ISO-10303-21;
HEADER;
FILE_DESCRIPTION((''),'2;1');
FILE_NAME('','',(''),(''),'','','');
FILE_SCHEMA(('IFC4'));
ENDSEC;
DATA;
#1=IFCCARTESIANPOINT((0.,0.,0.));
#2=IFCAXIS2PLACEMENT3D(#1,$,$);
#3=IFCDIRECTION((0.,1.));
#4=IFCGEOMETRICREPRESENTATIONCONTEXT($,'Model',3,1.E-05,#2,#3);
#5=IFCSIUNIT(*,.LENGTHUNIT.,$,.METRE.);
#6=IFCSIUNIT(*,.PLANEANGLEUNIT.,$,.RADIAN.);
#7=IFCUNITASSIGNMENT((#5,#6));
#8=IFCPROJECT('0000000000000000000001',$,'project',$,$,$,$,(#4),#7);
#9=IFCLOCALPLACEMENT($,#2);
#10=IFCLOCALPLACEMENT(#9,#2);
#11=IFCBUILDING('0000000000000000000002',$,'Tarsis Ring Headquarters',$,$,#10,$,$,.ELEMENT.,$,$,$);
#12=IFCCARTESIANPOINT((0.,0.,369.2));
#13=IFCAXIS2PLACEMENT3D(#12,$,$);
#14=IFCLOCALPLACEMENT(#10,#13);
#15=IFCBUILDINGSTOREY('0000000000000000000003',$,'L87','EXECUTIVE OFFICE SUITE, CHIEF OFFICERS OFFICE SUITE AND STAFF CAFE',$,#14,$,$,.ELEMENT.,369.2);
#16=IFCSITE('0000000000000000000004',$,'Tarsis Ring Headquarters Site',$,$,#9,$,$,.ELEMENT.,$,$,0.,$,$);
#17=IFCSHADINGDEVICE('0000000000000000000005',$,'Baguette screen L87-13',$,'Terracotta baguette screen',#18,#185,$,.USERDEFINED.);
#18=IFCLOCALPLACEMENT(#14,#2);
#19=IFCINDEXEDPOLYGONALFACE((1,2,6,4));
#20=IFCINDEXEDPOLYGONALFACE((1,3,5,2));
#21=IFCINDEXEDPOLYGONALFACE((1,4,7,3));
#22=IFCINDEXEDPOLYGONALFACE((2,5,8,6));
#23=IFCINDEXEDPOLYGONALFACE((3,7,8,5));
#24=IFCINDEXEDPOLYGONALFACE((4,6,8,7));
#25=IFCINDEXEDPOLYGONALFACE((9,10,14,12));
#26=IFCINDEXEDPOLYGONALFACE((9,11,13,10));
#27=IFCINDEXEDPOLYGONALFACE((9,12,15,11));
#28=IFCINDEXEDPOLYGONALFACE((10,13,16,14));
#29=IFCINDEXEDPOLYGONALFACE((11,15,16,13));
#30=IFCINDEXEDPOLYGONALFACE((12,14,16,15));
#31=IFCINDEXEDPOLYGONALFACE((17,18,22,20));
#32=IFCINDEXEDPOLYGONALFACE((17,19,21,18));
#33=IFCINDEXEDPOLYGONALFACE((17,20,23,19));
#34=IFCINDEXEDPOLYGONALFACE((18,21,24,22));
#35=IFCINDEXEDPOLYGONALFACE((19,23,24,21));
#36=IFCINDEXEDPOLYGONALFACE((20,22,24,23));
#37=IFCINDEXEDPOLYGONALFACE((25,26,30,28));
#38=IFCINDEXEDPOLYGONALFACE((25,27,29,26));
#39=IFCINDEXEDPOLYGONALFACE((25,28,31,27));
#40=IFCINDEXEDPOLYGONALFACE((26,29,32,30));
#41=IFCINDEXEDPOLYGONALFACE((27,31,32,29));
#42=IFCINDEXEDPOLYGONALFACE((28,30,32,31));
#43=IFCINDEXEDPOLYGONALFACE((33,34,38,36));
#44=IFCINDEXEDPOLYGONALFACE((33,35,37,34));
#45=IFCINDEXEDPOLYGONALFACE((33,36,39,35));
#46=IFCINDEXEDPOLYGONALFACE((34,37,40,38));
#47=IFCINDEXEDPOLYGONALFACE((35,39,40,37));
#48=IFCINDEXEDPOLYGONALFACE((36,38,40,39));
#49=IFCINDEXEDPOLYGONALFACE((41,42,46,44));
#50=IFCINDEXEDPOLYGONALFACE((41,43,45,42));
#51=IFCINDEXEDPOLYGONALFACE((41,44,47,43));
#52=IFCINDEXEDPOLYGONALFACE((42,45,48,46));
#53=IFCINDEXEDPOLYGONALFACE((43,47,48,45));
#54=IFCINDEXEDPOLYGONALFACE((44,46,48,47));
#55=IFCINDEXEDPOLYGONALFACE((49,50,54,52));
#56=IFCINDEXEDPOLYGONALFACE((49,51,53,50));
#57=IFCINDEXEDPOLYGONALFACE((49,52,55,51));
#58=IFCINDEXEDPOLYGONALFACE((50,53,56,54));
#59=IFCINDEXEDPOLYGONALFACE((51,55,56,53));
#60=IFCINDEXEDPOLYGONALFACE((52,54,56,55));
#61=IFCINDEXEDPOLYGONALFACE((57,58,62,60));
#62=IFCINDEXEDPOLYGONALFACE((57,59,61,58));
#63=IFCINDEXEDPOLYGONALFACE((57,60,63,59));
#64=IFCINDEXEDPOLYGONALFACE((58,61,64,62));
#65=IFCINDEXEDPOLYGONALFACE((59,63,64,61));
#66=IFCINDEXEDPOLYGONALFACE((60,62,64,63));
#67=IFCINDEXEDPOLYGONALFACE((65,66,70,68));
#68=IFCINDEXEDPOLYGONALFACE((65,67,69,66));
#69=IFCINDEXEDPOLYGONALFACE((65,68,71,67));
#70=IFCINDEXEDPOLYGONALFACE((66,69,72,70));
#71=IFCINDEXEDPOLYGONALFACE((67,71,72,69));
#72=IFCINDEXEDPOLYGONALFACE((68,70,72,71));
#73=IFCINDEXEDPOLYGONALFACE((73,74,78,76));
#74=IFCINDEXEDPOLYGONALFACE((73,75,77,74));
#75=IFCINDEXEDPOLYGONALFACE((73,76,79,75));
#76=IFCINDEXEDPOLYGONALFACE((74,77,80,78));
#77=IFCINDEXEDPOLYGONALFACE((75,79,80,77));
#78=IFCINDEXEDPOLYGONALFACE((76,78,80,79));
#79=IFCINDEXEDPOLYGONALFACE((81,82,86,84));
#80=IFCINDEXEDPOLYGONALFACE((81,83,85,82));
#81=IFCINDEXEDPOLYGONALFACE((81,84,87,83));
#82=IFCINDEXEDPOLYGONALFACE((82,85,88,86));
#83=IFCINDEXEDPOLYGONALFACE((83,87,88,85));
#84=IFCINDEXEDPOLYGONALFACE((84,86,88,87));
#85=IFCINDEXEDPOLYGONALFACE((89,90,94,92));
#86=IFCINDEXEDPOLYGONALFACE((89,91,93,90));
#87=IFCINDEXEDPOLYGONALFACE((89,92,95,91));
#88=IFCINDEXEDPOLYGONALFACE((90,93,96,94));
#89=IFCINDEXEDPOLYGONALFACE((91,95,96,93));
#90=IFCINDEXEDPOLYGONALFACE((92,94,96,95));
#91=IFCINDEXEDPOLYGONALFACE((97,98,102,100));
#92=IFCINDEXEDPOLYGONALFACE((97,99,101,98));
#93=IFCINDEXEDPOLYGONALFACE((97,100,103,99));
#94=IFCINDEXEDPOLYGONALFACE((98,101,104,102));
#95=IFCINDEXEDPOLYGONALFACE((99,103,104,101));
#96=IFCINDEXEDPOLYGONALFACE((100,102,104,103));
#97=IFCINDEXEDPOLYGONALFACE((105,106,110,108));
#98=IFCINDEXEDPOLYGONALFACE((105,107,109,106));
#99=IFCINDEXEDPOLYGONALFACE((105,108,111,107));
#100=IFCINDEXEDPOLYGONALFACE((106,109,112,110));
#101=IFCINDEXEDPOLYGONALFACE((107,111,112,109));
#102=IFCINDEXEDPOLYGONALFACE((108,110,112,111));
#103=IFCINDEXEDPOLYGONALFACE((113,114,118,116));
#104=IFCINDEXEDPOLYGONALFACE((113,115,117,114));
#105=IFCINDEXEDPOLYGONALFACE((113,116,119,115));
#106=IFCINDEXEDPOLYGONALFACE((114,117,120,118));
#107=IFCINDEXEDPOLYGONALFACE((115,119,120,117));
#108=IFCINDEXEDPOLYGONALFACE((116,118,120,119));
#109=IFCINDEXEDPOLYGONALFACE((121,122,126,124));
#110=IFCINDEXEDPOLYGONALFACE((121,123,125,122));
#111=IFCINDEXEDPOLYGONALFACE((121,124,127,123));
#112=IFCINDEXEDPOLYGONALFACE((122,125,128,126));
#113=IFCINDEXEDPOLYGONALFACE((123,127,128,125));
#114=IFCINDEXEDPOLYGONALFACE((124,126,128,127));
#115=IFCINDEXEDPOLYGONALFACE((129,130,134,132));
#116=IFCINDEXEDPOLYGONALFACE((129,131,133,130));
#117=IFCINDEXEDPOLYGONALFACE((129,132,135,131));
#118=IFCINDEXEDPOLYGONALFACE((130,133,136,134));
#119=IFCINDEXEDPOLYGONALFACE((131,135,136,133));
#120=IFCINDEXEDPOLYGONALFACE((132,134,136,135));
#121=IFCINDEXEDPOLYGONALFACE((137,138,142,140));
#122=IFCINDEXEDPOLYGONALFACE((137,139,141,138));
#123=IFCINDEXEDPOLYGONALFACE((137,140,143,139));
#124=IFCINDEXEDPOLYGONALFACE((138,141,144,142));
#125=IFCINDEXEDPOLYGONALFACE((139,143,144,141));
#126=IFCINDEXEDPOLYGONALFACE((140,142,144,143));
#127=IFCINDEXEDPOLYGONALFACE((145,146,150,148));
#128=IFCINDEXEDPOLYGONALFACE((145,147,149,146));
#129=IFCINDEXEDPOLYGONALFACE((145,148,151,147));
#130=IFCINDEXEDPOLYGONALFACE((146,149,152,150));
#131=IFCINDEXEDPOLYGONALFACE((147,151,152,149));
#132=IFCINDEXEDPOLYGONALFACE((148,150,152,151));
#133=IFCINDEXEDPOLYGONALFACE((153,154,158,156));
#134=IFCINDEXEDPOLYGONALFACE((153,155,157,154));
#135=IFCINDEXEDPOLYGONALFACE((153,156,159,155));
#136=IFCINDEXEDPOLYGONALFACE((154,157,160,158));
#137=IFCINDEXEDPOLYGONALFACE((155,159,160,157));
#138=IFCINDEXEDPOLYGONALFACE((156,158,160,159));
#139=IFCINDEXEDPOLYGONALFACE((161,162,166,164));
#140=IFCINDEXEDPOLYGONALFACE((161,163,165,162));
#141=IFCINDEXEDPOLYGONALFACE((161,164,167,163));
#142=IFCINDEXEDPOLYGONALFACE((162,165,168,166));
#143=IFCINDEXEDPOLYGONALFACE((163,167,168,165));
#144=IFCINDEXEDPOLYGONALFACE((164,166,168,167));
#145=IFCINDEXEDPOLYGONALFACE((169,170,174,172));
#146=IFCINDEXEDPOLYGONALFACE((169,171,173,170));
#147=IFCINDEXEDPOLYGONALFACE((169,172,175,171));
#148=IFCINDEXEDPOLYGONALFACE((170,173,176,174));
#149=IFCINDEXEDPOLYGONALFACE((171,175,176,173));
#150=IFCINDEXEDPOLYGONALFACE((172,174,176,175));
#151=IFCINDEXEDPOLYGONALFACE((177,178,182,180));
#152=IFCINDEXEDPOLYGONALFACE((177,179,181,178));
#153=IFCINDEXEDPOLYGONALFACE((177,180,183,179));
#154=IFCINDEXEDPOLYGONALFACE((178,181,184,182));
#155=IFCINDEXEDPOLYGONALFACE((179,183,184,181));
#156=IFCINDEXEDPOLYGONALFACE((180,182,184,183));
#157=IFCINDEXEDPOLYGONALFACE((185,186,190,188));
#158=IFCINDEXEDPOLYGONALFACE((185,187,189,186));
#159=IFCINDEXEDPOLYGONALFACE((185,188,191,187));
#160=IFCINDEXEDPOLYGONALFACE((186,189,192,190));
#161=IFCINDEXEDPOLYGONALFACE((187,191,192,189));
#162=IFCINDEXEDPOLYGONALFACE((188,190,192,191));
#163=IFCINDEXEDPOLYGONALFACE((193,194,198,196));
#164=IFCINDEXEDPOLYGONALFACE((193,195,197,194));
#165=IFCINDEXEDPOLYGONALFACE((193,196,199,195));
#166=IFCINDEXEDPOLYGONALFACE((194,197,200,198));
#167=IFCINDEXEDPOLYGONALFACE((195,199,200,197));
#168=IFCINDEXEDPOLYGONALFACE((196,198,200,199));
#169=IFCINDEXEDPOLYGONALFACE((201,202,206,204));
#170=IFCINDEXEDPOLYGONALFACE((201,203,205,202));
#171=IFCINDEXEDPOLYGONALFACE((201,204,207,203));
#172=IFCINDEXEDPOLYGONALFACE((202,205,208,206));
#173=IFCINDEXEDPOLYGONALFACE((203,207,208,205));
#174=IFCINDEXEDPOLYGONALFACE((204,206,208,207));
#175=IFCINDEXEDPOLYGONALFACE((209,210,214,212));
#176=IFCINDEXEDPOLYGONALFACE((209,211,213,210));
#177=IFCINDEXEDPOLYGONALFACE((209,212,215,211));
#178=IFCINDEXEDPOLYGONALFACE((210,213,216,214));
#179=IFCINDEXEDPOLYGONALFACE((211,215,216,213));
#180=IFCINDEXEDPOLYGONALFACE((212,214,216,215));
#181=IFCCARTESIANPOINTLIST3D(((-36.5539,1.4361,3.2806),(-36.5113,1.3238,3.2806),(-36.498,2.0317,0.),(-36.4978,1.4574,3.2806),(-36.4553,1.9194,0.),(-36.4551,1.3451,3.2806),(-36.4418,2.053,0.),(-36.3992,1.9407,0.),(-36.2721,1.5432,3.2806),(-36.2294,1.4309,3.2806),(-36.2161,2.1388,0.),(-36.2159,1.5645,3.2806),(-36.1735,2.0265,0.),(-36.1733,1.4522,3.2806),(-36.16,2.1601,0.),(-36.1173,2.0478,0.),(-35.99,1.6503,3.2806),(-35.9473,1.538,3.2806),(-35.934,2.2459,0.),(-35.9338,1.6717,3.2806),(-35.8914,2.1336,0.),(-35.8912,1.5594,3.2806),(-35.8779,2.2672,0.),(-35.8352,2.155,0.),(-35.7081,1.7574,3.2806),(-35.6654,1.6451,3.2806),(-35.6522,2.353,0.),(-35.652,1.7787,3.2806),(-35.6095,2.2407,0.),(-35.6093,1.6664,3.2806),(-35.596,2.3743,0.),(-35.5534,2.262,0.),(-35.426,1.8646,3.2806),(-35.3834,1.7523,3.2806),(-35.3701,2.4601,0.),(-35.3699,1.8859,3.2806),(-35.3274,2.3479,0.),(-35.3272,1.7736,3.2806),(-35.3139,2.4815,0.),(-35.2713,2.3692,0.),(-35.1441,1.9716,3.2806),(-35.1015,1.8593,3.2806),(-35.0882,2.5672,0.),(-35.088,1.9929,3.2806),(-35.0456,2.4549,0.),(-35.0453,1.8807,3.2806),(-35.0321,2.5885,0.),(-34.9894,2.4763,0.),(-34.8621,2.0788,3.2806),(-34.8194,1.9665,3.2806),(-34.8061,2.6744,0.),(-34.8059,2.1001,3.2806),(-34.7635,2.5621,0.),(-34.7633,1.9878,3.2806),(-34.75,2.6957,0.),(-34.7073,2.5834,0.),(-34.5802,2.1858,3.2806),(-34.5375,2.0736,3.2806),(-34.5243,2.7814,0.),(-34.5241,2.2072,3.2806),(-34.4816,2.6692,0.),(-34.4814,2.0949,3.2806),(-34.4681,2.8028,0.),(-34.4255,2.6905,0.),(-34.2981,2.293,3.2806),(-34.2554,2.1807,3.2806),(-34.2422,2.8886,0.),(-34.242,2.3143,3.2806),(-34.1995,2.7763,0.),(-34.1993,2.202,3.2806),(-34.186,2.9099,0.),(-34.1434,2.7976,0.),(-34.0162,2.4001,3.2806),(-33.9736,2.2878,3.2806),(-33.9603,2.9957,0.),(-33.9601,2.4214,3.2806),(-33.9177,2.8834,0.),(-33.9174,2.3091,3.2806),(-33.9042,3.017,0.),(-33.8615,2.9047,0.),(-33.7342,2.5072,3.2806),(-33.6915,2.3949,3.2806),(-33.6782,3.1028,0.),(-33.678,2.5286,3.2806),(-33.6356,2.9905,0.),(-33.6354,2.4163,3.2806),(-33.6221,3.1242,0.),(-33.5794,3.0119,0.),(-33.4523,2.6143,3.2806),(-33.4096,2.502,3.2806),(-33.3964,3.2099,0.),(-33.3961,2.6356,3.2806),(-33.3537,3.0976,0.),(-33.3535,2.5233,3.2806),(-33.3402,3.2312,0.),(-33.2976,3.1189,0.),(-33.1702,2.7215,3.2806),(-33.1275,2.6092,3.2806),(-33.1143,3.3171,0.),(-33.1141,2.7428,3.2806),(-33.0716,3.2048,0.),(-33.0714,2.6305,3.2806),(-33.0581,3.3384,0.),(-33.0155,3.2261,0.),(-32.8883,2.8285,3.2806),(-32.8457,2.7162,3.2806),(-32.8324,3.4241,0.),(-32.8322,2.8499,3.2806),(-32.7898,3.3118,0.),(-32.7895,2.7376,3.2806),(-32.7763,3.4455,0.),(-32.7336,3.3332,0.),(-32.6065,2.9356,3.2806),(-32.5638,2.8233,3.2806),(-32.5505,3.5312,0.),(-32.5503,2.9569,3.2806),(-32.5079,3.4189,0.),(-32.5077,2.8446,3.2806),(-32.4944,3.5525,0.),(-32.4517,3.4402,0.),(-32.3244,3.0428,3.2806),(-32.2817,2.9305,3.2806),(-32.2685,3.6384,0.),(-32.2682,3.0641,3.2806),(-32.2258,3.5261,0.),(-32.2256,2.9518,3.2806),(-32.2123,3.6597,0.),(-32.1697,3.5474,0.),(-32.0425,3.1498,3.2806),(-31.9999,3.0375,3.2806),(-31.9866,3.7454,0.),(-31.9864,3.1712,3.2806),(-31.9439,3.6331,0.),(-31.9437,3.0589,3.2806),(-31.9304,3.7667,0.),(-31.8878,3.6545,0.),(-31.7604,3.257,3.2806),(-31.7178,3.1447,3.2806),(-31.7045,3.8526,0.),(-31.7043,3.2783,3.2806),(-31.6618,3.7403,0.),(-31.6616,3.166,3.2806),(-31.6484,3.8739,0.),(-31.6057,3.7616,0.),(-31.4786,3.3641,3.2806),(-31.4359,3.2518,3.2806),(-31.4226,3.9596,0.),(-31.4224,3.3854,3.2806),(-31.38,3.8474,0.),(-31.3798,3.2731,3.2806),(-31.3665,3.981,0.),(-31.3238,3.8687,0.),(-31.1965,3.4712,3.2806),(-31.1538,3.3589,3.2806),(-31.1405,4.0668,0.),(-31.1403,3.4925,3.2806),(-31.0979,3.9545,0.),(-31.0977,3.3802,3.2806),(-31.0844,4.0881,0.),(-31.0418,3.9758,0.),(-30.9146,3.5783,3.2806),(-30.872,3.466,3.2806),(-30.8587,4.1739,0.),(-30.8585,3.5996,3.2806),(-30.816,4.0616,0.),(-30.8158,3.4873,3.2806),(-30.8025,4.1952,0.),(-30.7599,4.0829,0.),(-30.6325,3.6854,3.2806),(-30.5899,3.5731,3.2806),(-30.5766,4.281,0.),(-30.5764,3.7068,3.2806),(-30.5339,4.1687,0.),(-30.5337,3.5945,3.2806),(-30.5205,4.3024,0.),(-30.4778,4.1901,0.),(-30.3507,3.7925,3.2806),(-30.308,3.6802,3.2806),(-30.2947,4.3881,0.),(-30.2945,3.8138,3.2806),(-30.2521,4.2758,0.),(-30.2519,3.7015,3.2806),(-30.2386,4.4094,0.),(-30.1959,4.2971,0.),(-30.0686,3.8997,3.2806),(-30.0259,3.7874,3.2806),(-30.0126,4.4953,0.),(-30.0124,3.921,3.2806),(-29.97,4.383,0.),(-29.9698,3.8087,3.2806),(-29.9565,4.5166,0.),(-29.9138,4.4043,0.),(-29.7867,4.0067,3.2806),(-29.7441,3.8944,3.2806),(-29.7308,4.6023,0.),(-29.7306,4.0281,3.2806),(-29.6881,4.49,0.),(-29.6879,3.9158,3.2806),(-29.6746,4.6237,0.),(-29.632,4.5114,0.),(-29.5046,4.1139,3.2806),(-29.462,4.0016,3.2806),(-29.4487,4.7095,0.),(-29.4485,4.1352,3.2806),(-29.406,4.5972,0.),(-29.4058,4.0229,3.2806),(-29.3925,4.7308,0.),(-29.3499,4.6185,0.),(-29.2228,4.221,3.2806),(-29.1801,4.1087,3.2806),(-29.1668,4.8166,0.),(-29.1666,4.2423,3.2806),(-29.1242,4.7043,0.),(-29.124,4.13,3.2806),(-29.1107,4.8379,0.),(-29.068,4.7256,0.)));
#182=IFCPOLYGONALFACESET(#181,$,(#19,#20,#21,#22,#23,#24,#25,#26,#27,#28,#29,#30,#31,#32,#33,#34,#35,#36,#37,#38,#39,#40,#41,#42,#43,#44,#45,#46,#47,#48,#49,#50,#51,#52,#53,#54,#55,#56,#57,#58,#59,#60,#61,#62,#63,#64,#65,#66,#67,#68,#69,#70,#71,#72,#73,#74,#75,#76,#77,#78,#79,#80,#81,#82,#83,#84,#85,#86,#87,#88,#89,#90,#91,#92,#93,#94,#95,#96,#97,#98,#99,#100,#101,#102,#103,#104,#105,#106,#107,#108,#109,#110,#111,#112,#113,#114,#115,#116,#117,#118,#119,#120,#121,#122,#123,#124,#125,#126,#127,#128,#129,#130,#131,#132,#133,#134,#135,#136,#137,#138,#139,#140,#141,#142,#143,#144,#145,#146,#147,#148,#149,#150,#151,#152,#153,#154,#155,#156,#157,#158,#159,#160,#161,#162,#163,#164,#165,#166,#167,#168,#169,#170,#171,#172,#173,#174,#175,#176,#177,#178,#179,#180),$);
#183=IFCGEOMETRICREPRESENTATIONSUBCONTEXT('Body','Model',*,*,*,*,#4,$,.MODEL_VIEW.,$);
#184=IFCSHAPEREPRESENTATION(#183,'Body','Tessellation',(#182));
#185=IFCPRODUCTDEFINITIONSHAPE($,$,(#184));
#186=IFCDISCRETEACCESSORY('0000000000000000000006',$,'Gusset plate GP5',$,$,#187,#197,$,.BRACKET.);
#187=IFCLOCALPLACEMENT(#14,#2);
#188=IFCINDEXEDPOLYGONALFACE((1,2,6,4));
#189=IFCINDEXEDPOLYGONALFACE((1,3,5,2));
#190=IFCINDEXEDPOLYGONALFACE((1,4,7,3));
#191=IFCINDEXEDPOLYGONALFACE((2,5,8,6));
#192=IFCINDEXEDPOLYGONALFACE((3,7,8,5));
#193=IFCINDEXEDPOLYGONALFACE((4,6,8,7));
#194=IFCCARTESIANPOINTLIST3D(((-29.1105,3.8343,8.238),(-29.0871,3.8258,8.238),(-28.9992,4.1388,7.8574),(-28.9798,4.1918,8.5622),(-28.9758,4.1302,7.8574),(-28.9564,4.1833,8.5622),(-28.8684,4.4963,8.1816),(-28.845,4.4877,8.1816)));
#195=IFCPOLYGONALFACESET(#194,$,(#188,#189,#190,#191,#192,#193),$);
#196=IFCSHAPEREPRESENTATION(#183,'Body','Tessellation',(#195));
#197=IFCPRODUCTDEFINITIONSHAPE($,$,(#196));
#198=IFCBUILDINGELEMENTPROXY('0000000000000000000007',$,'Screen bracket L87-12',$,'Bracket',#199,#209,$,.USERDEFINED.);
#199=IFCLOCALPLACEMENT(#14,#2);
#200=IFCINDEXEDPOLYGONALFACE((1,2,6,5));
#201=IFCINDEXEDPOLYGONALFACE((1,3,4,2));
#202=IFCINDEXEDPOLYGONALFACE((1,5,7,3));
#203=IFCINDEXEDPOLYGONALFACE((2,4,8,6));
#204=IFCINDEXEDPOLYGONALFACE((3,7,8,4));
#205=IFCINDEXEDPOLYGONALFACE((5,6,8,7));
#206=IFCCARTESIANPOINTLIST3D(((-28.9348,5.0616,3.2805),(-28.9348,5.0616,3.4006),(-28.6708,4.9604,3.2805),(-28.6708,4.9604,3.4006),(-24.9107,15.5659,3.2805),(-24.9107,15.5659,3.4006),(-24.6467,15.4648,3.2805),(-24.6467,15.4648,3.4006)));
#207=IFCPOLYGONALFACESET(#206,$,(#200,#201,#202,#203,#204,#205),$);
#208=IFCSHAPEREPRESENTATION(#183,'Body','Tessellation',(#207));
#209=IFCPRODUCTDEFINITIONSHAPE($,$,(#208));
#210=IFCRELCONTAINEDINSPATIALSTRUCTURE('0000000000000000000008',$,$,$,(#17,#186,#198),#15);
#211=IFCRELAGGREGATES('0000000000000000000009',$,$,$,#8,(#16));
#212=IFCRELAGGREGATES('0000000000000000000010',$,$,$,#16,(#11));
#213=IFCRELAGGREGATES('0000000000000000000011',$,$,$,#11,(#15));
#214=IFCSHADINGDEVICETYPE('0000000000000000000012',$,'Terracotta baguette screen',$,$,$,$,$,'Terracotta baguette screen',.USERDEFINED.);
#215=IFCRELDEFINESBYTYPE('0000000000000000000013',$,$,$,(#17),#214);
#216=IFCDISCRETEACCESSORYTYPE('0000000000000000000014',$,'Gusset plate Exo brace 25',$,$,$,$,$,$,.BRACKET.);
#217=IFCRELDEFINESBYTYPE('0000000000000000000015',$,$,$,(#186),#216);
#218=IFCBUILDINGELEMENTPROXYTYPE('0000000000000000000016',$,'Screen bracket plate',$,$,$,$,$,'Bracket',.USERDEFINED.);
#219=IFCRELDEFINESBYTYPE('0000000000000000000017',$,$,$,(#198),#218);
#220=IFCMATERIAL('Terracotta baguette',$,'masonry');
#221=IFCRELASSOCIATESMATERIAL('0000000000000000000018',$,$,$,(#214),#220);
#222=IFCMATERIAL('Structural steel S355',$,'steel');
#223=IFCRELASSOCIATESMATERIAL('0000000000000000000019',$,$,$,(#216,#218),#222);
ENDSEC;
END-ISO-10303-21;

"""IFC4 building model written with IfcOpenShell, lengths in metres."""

from ifc_helpers import new_model, si_unit, direction, frame, frame_2d, origin, origin_2d, place, context, subcontext, project, spatial, rectangle, composite_profile, extrude, material, material_profile, profile_set, type_object, element, save


model = new_model("IFC4")

# Units and contexts
model_context = context("Model", 3, precision=1e-05, world=origin(), true_north=direction((0.0, 1.0)))
body_context = subcontext(model_context, "Body", "Model", "MODEL_VIEW")
ifc_project = project(units=[si_unit("LENGTHUNIT", "METRE"), si_unit("PLANEANGLEUNIT", "RADIAN")], contexts=[model_context])

# Site, building, storey
site_placement = place(None, origin())
site = spatial("IfcSite", under=ifc_project, at=site_placement, Name="Tarsis Ring Headquarters Site", CompositionType="ELEMENT", RefElevation=0.0)
building_placement = place(site_placement, origin())
building = spatial("IfcBuilding", under=site, at=building_placement, Name="Tarsis Ring Headquarters", CompositionType="ELEMENT")
storey_placement = place(building_placement, frame((0.0, 0.0, 369.2)))
storey = spatial("IfcBuildingStorey", under=building, at=storey_placement, Name="L87", Description="EXECUTIVE OFFICE SUITE, CHIEF OFFICERS OFFICE SUITE AND STAFF CAFE", CompositionType="ELEMENT", Elevation=369.2)

# Shared definitions
ifc_material_1 = material(Name="Structural steel S355", Category="steel")

# Shading device
ifc_material_2 = material(Name="Terracotta baguette", Category="masonry")
shading_device_type = type_object("IfcShadingDeviceType", Name="Terracotta baguette screen", ElementType="Terracotta baguette screen", PredefinedType="USERDEFINED", material=ifc_material_2)
shading_device_placement = place(storey_placement, frame((-29.0894, 4.7817, 0.0), z_axis=(0.0, 0.0, 1.0), x_axis=(-0.934812, -0.355104, 0.0)))
element("IfcShadingDevice", 1, at=shading_device_placement, inside=storey, type_object=shading_device_type, Name="Baguette screen L87-13", ObjectType="Terracotta baguette screen", PredefinedType="USERDEFINED", context=body_context, shape_type="SweptSolid", body=[
    extrude(composite_profile([rectangle(XDim=0.0601, YDim=0.1201, at=frame_2d((0.03, 0.0))), rectangle(XDim=0.0601, YDim=0.1201, at=frame_2d((0.3315, 0.0))), rectangle(XDim=0.0601, YDim=0.1201, at=frame_2d((0.6333, 0.0))), rectangle(XDim=0.0601, YDim=0.1201, at=frame_2d((0.9348, 0.0))), rectangle(XDim=0.0601, YDim=0.1201, at=frame_2d((1.2366, 0.0))), rectangle(XDim=0.0601, YDim=0.1201, at=frame_2d((1.5381, 0.0))), rectangle(XDim=0.0601, YDim=0.1201, at=frame_2d((1.8398, 0.0))), rectangle(XDim=0.0601, YDim=0.1201, at=frame_2d((2.1414, 0.0))), rectangle(XDim=0.0601, YDim=0.1201, at=frame_2d((2.4431, 0.0))), rectangle(XDim=0.0601, YDim=0.1201, at=frame_2d((2.7446, 0.0))), rectangle(XDim=0.0601, YDim=0.1201, at=frame_2d((3.0464, 0.0))), rectangle(XDim=0.0601, YDim=0.1201, at=frame_2d((3.3479, 0.0))), rectangle(XDim=0.0601, YDim=0.1201, at=frame_2d((3.6497, 0.0))), rectangle(XDim=0.0601, YDim=0.1201, at=frame_2d((3.9512, 0.0))), rectangle(XDim=0.0601, YDim=0.1201, at=frame_2d((4.2527, 0.0))), rectangle(XDim=0.0601, YDim=0.1201, at=frame_2d((4.5544, 0.0))), rectangle(XDim=0.0601, YDim=0.1201, at=frame_2d((4.856, 0.0))), rectangle(XDim=0.0601, YDim=0.1201, at=frame_2d((5.1577, 0.0))), rectangle(XDim=0.0601, YDim=0.1201, at=frame_2d((5.4592, 0.0))), rectangle(XDim=0.0601, YDim=0.1201, at=frame_2d((5.761, 0.0))), rectangle(XDim=0.0601, YDim=0.1201, at=frame_2d((6.0625, 0.0))), rectangle(XDim=0.0601, YDim=0.1201, at=frame_2d((6.3643, 0.0))), rectangle(XDim=0.0601, YDim=0.1201, at=frame_2d((6.6658, 0.0))), rectangle(XDim=0.0601, YDim=0.1201, at=frame_2d((6.9675, 0.0))), rectangle(XDim=0.0601, YDim=0.1201, at=frame_2d((7.269, 0.0))), rectangle(XDim=0.0601, YDim=0.1201, at=frame_2d((7.5708, 0.0))), rectangle(XDim=0.0601, YDim=0.1201, at=frame_2d((7.8723, 0.0)))]), origin(), (0.079102, 0.161008, 0.983778), 3.3347),
])

# Discrete accessory
ifc_material_profile_1 = material_profile(ifc_material_1, rectangle(XDim=0.0249, YDim=0.5, at=origin_2d()), Name="PL 25x500")
ifc_profile_set_1 = profile_set([ifc_material_profile_1], Name="Structural steel S355")
discrete_accessory_type = type_object("IfcDiscreteAccessoryType", Name="Gusset plate Exo brace 25", PredefinedType="BRACKET", material=ifc_profile_set_1)
discrete_accessory_placement = place(storey_placement, frame((-29.0334, 4.0088, 8.4001), z_axis=(0.22268, 0.60895, -0.76131), x_axis=(-0.939176, 0.343436, 0.0)))
element("IfcDiscreteAccessory", 2, at=discrete_accessory_placement, inside=storey, type_object=discrete_accessory_type, Name="Gusset plate GP5", PredefinedType="BRACKET", context=body_context, shape_type="SweptSolid", body=[
    extrude(rectangle(XDim=0.0249, YDim=0.5, at=origin_2d()), origin(), (0.0, 0.0, 1.0), 0.5),
])

# Building element proxy
building_element_proxy_type = type_object("IfcBuildingElementProxyType", Name="Screen bracket plate", ElementType="Bracket", PredefinedType="USERDEFINED", material=ifc_material_1)
proxy_placement = place(storey_placement, frame((-26.7908, 10.2632, 3.2805), z_axis=(0.0, 0.0, 1.0), x_axis=(-0.357737, -0.933822, 0.0)))
element("IfcBuildingElementProxy", 3, at=proxy_placement, inside=storey, type_object=building_element_proxy_type, Name="Screen bracket L87-12", ObjectType="Bracket", PredefinedType="USERDEFINED", context=body_context, shape_type="SweptSolid", body=[
    extrude(rectangle(XDim=11.2488, YDim=0.2827, at=origin_2d()), origin(), (0.0, 0.0, 1.0), 0.1201),
])

save(model, "model.ifc")
